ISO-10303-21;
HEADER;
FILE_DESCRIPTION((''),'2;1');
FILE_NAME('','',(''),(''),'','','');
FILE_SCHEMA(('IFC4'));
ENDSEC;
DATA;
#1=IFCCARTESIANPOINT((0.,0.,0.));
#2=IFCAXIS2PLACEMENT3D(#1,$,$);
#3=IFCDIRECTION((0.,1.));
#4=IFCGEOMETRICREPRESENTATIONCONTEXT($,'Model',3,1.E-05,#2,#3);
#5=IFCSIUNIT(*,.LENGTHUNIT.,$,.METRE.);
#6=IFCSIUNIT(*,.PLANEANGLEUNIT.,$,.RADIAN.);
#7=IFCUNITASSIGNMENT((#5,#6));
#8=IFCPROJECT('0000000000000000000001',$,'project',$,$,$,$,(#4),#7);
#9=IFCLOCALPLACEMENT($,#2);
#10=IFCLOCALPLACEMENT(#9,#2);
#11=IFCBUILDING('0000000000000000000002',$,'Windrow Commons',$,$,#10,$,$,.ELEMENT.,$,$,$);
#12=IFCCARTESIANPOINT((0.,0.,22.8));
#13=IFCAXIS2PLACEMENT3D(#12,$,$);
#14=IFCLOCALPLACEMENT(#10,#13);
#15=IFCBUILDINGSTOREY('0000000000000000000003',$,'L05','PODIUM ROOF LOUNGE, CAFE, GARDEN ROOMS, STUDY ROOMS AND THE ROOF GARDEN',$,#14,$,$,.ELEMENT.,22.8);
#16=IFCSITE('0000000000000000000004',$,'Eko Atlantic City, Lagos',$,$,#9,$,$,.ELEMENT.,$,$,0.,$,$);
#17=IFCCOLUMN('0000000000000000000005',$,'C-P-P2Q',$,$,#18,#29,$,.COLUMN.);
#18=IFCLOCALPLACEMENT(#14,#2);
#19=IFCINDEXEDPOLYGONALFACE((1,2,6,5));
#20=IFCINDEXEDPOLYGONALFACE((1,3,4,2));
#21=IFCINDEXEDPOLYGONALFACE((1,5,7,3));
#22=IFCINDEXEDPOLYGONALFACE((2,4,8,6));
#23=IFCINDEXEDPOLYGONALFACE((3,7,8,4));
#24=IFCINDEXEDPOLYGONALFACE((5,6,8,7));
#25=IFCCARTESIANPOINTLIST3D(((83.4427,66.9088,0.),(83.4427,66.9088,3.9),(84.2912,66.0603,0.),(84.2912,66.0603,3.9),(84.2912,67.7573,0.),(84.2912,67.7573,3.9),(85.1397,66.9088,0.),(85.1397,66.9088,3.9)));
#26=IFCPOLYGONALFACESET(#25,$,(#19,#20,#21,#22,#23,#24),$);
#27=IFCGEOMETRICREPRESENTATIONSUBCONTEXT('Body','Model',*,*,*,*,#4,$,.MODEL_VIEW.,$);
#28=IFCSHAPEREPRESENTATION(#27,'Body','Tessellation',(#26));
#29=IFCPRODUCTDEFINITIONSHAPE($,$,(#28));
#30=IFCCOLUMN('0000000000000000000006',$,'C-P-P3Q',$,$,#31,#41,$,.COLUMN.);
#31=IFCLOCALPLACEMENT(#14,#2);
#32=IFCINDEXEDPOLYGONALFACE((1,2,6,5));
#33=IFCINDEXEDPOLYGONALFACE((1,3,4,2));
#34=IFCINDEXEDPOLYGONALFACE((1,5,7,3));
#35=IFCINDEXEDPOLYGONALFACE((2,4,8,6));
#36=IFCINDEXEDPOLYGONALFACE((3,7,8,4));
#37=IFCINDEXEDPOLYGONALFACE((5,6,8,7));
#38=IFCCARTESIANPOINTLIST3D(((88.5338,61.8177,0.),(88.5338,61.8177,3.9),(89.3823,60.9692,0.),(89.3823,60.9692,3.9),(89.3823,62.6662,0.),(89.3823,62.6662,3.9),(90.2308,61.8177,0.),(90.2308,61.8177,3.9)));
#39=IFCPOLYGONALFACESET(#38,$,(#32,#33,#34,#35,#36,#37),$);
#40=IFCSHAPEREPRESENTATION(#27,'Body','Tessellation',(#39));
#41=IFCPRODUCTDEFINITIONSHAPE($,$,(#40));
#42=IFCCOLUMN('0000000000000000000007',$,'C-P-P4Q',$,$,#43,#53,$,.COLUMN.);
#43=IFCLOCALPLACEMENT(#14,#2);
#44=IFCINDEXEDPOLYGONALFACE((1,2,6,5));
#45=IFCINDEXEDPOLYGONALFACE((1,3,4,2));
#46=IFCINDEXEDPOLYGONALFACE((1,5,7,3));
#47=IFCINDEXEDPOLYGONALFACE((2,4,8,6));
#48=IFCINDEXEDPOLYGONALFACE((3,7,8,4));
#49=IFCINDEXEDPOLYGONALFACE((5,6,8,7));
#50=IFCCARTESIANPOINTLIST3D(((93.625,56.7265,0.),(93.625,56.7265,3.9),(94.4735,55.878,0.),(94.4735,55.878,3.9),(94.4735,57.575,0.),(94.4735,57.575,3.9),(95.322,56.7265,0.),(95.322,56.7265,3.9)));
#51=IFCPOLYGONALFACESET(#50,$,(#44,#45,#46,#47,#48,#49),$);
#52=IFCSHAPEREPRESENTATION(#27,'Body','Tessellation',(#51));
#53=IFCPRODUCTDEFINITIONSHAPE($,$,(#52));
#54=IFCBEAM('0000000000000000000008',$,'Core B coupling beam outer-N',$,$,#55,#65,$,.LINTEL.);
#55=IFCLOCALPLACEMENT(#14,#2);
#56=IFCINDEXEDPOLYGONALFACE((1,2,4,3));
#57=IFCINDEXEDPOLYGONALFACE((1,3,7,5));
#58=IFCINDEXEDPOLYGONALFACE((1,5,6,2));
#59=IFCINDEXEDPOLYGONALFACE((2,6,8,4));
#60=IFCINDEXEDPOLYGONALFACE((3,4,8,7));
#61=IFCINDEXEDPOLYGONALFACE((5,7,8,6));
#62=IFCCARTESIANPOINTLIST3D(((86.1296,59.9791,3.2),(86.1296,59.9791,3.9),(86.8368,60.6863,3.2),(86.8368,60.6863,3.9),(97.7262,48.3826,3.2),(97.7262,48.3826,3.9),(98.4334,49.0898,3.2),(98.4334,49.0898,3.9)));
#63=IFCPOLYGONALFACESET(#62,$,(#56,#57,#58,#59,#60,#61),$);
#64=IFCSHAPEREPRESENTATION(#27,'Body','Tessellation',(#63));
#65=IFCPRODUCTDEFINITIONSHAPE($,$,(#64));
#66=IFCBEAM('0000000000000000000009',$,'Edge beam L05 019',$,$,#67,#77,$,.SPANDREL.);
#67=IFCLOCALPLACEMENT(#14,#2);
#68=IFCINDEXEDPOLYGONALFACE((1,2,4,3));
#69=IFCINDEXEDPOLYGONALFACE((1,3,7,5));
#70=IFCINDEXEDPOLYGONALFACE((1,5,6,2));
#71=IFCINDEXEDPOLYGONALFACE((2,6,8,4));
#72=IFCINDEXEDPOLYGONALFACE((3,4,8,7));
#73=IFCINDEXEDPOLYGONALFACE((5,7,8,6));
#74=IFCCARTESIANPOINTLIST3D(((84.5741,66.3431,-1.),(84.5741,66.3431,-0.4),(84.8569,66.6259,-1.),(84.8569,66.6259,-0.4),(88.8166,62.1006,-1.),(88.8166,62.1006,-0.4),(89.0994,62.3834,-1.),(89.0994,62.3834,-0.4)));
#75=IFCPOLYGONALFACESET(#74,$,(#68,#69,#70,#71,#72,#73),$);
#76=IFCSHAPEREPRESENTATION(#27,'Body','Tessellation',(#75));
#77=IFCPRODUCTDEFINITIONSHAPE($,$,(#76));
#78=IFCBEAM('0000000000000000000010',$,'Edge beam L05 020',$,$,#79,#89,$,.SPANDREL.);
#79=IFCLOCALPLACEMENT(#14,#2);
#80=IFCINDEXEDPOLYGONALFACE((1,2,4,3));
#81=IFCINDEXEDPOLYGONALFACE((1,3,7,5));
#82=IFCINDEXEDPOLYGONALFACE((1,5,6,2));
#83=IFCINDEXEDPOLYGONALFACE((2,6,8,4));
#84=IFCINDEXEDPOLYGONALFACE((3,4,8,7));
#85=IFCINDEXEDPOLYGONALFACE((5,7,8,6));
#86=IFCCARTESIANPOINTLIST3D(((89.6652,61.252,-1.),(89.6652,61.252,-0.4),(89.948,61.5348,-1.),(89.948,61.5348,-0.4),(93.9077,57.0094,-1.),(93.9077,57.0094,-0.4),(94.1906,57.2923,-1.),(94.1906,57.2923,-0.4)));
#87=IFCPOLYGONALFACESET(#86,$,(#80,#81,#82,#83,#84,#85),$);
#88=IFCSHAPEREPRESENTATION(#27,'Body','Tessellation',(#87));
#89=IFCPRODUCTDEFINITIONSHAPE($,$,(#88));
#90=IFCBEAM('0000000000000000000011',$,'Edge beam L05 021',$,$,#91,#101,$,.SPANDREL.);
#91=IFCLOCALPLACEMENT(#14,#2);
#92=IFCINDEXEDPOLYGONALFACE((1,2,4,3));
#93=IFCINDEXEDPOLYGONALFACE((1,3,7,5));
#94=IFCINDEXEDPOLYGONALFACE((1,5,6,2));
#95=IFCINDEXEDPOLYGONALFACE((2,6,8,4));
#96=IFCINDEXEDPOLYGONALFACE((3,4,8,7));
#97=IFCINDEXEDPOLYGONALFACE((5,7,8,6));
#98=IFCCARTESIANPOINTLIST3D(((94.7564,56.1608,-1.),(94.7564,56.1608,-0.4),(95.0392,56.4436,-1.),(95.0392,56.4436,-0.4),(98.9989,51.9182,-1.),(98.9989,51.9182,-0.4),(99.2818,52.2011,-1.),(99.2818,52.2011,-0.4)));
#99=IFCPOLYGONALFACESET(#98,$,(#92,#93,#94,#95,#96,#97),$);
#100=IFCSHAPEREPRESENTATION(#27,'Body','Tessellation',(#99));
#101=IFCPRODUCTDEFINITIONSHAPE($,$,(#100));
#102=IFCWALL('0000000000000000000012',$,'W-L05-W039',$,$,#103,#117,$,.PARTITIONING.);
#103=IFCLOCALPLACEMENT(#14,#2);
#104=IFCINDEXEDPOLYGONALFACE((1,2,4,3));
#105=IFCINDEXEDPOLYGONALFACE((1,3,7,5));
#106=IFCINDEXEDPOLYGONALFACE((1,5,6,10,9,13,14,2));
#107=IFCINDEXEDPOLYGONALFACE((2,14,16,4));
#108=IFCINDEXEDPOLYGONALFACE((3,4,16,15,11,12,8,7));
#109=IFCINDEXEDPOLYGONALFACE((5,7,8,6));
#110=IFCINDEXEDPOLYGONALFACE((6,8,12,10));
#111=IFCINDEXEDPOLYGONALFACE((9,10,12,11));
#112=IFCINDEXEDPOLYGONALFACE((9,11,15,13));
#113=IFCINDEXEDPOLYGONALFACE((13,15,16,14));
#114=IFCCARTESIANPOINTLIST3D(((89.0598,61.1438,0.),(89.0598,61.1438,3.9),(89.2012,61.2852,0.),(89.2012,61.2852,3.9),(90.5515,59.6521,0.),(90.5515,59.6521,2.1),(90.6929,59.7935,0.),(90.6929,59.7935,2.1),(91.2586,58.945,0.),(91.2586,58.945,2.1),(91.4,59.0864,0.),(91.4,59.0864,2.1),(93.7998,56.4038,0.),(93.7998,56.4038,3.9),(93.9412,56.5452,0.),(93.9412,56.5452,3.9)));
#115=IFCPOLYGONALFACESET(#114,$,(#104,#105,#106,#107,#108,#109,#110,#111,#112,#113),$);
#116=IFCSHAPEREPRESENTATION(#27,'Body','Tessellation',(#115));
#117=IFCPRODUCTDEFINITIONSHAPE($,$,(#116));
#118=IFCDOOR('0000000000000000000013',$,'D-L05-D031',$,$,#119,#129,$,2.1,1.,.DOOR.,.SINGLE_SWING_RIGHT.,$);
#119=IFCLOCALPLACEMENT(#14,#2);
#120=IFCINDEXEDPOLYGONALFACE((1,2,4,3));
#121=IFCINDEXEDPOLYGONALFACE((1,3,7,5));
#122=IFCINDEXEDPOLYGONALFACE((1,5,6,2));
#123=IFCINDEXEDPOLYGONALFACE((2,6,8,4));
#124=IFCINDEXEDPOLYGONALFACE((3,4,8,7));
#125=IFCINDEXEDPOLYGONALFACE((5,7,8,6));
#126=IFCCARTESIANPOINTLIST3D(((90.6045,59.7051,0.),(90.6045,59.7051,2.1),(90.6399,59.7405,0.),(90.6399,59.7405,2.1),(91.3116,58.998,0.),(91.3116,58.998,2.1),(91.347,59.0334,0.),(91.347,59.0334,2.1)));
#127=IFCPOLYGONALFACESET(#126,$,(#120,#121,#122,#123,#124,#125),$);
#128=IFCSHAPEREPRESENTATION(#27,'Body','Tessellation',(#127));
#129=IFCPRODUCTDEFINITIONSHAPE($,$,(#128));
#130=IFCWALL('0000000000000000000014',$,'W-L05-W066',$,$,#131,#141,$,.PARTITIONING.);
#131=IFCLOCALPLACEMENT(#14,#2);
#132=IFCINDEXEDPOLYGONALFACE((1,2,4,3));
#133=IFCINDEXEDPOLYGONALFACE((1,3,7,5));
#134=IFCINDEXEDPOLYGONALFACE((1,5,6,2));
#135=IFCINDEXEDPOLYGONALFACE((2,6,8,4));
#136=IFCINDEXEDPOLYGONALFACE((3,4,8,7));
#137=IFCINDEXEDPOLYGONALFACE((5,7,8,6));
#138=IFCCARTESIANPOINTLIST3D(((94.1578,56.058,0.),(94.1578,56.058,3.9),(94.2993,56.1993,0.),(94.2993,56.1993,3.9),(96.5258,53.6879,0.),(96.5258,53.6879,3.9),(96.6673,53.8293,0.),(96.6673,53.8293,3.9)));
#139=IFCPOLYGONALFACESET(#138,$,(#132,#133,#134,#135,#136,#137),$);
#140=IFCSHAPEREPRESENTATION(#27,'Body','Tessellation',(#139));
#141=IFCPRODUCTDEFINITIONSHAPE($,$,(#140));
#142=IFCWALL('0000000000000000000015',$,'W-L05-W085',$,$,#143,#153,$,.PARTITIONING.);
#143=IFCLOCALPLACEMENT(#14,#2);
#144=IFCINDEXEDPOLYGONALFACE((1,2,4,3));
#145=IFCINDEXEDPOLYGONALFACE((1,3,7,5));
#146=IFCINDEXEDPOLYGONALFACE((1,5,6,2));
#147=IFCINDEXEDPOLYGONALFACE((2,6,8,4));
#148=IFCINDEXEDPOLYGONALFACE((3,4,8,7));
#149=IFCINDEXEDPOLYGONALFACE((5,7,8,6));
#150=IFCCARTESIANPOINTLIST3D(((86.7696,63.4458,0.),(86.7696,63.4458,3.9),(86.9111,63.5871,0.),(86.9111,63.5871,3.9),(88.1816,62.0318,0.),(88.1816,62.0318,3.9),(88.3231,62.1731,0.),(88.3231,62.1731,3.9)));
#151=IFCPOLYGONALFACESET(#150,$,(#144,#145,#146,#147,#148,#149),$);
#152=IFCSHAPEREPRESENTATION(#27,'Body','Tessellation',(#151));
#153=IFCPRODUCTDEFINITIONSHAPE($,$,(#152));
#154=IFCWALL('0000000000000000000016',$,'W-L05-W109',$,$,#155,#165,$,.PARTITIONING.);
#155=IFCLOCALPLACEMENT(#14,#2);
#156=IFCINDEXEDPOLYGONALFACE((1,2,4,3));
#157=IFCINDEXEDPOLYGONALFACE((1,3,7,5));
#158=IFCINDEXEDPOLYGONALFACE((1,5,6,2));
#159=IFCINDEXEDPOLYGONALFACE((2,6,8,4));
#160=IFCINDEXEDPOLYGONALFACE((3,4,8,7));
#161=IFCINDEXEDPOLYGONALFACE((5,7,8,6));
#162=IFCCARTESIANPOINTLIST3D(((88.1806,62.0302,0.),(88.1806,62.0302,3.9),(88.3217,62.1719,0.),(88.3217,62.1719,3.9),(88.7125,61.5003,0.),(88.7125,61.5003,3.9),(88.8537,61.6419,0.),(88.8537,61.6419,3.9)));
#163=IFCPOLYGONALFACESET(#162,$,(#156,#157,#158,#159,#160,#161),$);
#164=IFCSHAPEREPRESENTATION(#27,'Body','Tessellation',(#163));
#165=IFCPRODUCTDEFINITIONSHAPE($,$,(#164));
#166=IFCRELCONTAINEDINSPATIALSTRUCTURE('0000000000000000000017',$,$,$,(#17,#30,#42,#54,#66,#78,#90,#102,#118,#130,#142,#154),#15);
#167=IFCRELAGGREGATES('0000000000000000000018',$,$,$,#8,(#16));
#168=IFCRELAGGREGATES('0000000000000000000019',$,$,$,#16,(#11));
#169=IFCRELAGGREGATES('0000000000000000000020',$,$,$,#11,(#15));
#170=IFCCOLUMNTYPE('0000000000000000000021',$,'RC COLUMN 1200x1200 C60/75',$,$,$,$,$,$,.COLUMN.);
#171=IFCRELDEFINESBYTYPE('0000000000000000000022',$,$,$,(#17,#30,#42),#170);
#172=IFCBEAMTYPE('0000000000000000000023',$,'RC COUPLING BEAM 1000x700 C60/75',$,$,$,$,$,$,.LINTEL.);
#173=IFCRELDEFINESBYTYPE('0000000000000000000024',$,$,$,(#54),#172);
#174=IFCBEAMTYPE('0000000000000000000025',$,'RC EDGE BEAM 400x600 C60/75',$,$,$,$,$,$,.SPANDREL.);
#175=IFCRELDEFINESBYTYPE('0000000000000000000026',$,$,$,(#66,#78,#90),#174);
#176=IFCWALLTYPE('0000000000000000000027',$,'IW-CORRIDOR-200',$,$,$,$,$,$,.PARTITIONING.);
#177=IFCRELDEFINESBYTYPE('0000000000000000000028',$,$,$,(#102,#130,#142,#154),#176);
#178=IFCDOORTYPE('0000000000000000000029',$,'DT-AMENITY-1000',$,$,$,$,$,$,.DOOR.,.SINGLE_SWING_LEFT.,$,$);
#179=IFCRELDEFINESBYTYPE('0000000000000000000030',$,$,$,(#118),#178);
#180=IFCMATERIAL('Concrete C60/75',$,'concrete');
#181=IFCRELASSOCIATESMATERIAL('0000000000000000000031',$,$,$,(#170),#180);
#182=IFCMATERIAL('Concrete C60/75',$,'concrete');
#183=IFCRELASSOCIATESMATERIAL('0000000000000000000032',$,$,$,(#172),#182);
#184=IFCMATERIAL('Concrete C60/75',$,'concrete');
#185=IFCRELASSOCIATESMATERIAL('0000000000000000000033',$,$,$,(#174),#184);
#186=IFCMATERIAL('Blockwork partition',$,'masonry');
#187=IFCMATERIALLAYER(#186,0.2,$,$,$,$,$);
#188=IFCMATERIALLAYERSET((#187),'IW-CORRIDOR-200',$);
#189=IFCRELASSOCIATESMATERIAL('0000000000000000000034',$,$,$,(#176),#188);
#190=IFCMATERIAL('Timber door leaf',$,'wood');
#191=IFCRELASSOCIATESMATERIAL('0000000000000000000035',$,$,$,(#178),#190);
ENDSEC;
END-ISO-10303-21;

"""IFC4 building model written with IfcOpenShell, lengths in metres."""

from ifc_helpers import new_model, si_unit, direction, frame, frame_2d, origin, origin_2d, place, context, subcontext, project, spatial, rectangle, extrude, material, layer, layer_set, material_profile, profile_set, type_object, element, fill, save


model = new_model("IFC4")

# Units and contexts
model_context = context("Model", 3, precision=1e-05, world=origin(), true_north=direction((0.0, 1.0)))
body_context = subcontext(model_context, "Body", "Model", "MODEL_VIEW")
ifc_project = project(units=[si_unit("LENGTHUNIT", "METRE"), si_unit("PLANEANGLEUNIT", "RADIAN")], contexts=[model_context])

# Site, building, storey
site_placement = place(None, origin())
site = spatial("IfcSite", under=ifc_project, at=site_placement, Name="Eko Atlantic City, Lagos", CompositionType="ELEMENT", RefElevation=0.0)
building_placement = place(site_placement, origin())
building = spatial("IfcBuilding", under=site, at=building_placement, Name="Windrow Commons", CompositionType="ELEMENT")
storey_placement = place(building_placement, frame((0.0, 0.0, 22.8)))
storey = spatial("IfcBuildingStorey", under=building, at=storey_placement, Name="L05", Description="PODIUM ROOF LOUNGE, CAFE, GARDEN ROOMS, STUDY ROOMS AND THE ROOF GARDEN", CompositionType="ELEMENT", Elevation=22.8)

# Columns
ifc_material_1 = material(Name="Concrete C60/75", Category="concrete")
ifc_material_profile_1 = material_profile(ifc_material_1, rectangle(XDim=1.2, YDim=1.2, at=origin_2d()))
ifc_profile_set_1 = profile_set([ifc_material_profile_1], Name="Concrete C60/75")
column_type = type_object("IfcColumnType", Name="RC COLUMN 1200x1200 C60/75", PredefinedType="COLUMN", material=ifc_profile_set_1)
for number, where, z_axis, x_axis, name in (
    (1, (84.2912, 66.9088, 0.0), (0.0, 0.0, 1.0), (0.707107, -0.707107, 0.0), "C-P-P2Q"),
    (2, (89.3823, 61.8177, 0.0), (0.0, 0.0, 1.0), (0.707107, -0.707107, 0.0), "C-P-P3Q"),
    (3, (94.4735, 56.7265, 0.0), (0.0, 0.0, 1.0), (0.707107, -0.707107, 0.0), "C-P-P4Q"),
):
    element("IfcColumn", number, at=place(storey_placement, frame(where, z_axis=z_axis, x_axis=x_axis)), inside=storey, type_object=column_type, Name=name, PredefinedType="COLUMN", context=body_context, shape_type="SweptSolid", body=[
        extrude(rectangle(XDim=1.2, YDim=1.2, at=origin_2d()), origin(), (0.0, 0.0, 1.0), 3.9),
    ])

# Beams
ifc_material_2 = material(Name="Concrete C60/75", Category="concrete")
ifc_material_profile_2 = material_profile(ifc_material_2, rectangle(XDim=1.0, YDim=0.7, at=origin_2d()))
ifc_profile_set_2 = profile_set([ifc_material_profile_2], Name="Concrete C60/75")
beam_type_1 = type_object("IfcBeamType", Name="RC COUPLING BEAM 1000x700 C60/75", PredefinedType="LINTEL", material=ifc_profile_set_2)
beam_1_placement = place(storey_placement, frame((86.4832, 60.3327, 3.55), z_axis=(0.70711, -0.707104, 0.0), x_axis=(0.707104, 0.70711, 0.0)))
element("IfcBeam", 4, at=beam_1_placement, inside=storey, type_object=beam_type_1, Name="Core B coupling beam outer-N", PredefinedType="LINTEL", context=body_context, shape_type="SweptSolid", body=[
    extrude(rectangle(XDim=1.0, YDim=0.7, at=origin_2d()), origin(), (0.0, 0.0, 1.0), 16.4),
])
ifc_material_3 = material(Name="Concrete C60/75", Category="concrete")
ifc_material_profile_3 = material_profile(ifc_material_3, rectangle(XDim=0.4, YDim=0.6, at=origin_2d()))
ifc_profile_set_3 = profile_set([ifc_material_profile_3], Name="Concrete C60/75")
beam_type_2 = type_object("IfcBeamType", Name="RC EDGE BEAM 400x600 C60/75", PredefinedType="SPANDREL", material=ifc_profile_set_3)
beam_2_placement = place(storey_placement, frame((84.7155, 66.4845, -0.7), z_axis=(0.707107, -0.707107, 0.0), x_axis=(0.707107, 0.707107, 0.0)))
element("IfcBeam", 5, at=beam_2_placement, inside=storey, type_object=beam_type_2, Name="Edge beam L05 019", PredefinedType="SPANDREL", context=body_context, shape_type="SweptSolid", body=[
    extrude(rectangle(XDim=0.4, YDim=0.6, at=origin_2d()), origin(), (0.0, 0.0, 1.0), 5.9998),
])
for number, where, z_axis, x_axis, name in (
    (6, (89.8066, 61.3934, -0.7), (0.707107, -0.707107, 0.0), (0.707107, 0.707107, 0.0), "Edge beam L05 020"),
    (7, (94.8978, 56.3022, -0.7), (0.707107, -0.707107, 0.0), (0.707107, 0.707107, 0.0), "Edge beam L05 021"),
):
    element("IfcBeam", number, at=place(storey_placement, frame(where, z_axis=z_axis, x_axis=x_axis)), inside=storey, type_object=beam_type_2, Name=name, PredefinedType="SPANDREL", context=body_context, shape_type="SweptSolid", body=[
        extrude(rectangle(XDim=0.4, YDim=0.6, at=origin_2d()), origin(), (0.0, 0.0, 1.0), 5.9999),
    ])

# Wall, opening, door
ifc_material_4 = material(Name="Blockwork partition", Category="masonry")
ifc_layer_1 = layer(ifc_material_4, 0.2)
ifc_layer_set_1 = layer_set([ifc_layer_1], Name="IW-CORRIDOR-200")
wall_type_1 = type_object("IfcWallType", Name="IW-CORRIDOR-200", PredefinedType="PARTITIONING", material=ifc_layer_set_1)
wall_1_placement = place(storey_placement, frame((89.1305, 61.2145, 0.0), z_axis=(0.0, 0.0, 1.0), x_axis=(0.707107, -0.707107, 0.0)))
wall_1 = element("IfcWall", 8, at=wall_1_placement, inside=storey, type_object=wall_type_1, Name="W-L05-W039", PredefinedType="PARTITIONING", context=body_context, shape_type="SweptSolid", body=[
    extrude(rectangle(XDim=6.7034, YDim=0.2, at=frame_2d((3.3517, 0.0))), origin(), (0.0, 0.0, 1.0), 3.9),
])
opening_1_placement = place(wall_1_placement, frame((2.1096, 0.0, 0.0)))
opening_1 = element("IfcOpeningElement", 9, at=opening_1_placement, cuts=wall_1, PredefinedType="OPENING", context=body_context, shape_type="SweptSolid", body=[
    extrude(rectangle(XDim=1.0, YDim=2.1, at=frame_2d((0.5, 1.05))), frame((0.0, 0.11, 0.0), z_axis=(0.0, -1.0, 0.0), x_axis=(1.0, 0.0, 0.0)), (0.0, 0.0, 1.0), 0.22),
])
ifc_material_5 = material(Name="Timber door leaf", Category="wood")
door_type_1 = type_object("IfcDoorType", Name="DT-AMENITY-1000", OperationType="SINGLE_SWING_LEFT", PredefinedType="DOOR", material=ifc_material_5)
door_1_placement = place(opening_1_placement, origin())
door_1 = element("IfcDoor", 10, at=door_1_placement, inside=storey, type_object=door_type_1, Name="D-L05-D031", OperationType="SINGLE_SWING_RIGHT", OverallHeight=2.1, OverallWidth=1.0, PredefinedType="DOOR", context=body_context, shape_type="SweptSolid", body=[
    extrude(rectangle(XDim=1.0, YDim=2.1, at=frame_2d((0.5, 1.05))), frame((0.0, 0.025, 0.0), z_axis=(0.0, -1.0, 0.0), x_axis=(1.0, 0.0, 0.0)), (0.0, 0.0, 1.0), 0.05),
])
fill(opening_1, door_1)

# Walls
wall_2_placement = place(storey_placement, frame((94.2286, 56.1286, 0.0), z_axis=(0.0, 0.0, 1.0), x_axis=(0.706808, -0.707405, 0.0)))
element("IfcWall", 11, at=wall_2_placement, inside=storey, type_object=wall_type_1, Name="W-L05-W066", PredefinedType="PARTITIONING", context=body_context, shape_type="SweptSolid", body=[
    extrude(rectangle(XDim=3.3503, YDim=0.2, at=frame_2d((1.6751, 0.0))), origin(), (0.0, 0.0, 1.0), 3.9),
])
wall_3_placement = place(storey_placement, frame((86.8404, 63.5164, 0.0), z_axis=(0.0, 0.0, 1.0), x_axis=(0.706606, -0.707607, 0.0)))
element("IfcWall", 12, at=wall_3_placement, inside=storey, type_object=wall_type_1, Name="W-L05-W085", PredefinedType="PARTITIONING", context=body_context, shape_type="SweptSolid", body=[
    extrude(rectangle(XDim=1.9983, YDim=0.2, at=frame_2d((0.9991, 0.0))), origin(), (0.0, 0.0, 1.0), 3.9),
])
wall_4_placement = place(storey_placement, frame((88.2511, 62.1011, 0.0), z_axis=(0.0, 0.0, 1.0), x_axis=(0.708437, -0.705774, 0.0)))
element("IfcWall", 13, at=wall_4_placement, inside=storey, type_object=wall_type_1, Name="W-L05-W109", PredefinedType="PARTITIONING", context=body_context, shape_type="SweptSolid", body=[
    extrude(rectangle(XDim=0.7509, YDim=0.2, at=frame_2d((0.3755, 0.0))), origin(), (0.0, 0.0, 1.0), 3.9),
])

save(model, "model.ifc")
